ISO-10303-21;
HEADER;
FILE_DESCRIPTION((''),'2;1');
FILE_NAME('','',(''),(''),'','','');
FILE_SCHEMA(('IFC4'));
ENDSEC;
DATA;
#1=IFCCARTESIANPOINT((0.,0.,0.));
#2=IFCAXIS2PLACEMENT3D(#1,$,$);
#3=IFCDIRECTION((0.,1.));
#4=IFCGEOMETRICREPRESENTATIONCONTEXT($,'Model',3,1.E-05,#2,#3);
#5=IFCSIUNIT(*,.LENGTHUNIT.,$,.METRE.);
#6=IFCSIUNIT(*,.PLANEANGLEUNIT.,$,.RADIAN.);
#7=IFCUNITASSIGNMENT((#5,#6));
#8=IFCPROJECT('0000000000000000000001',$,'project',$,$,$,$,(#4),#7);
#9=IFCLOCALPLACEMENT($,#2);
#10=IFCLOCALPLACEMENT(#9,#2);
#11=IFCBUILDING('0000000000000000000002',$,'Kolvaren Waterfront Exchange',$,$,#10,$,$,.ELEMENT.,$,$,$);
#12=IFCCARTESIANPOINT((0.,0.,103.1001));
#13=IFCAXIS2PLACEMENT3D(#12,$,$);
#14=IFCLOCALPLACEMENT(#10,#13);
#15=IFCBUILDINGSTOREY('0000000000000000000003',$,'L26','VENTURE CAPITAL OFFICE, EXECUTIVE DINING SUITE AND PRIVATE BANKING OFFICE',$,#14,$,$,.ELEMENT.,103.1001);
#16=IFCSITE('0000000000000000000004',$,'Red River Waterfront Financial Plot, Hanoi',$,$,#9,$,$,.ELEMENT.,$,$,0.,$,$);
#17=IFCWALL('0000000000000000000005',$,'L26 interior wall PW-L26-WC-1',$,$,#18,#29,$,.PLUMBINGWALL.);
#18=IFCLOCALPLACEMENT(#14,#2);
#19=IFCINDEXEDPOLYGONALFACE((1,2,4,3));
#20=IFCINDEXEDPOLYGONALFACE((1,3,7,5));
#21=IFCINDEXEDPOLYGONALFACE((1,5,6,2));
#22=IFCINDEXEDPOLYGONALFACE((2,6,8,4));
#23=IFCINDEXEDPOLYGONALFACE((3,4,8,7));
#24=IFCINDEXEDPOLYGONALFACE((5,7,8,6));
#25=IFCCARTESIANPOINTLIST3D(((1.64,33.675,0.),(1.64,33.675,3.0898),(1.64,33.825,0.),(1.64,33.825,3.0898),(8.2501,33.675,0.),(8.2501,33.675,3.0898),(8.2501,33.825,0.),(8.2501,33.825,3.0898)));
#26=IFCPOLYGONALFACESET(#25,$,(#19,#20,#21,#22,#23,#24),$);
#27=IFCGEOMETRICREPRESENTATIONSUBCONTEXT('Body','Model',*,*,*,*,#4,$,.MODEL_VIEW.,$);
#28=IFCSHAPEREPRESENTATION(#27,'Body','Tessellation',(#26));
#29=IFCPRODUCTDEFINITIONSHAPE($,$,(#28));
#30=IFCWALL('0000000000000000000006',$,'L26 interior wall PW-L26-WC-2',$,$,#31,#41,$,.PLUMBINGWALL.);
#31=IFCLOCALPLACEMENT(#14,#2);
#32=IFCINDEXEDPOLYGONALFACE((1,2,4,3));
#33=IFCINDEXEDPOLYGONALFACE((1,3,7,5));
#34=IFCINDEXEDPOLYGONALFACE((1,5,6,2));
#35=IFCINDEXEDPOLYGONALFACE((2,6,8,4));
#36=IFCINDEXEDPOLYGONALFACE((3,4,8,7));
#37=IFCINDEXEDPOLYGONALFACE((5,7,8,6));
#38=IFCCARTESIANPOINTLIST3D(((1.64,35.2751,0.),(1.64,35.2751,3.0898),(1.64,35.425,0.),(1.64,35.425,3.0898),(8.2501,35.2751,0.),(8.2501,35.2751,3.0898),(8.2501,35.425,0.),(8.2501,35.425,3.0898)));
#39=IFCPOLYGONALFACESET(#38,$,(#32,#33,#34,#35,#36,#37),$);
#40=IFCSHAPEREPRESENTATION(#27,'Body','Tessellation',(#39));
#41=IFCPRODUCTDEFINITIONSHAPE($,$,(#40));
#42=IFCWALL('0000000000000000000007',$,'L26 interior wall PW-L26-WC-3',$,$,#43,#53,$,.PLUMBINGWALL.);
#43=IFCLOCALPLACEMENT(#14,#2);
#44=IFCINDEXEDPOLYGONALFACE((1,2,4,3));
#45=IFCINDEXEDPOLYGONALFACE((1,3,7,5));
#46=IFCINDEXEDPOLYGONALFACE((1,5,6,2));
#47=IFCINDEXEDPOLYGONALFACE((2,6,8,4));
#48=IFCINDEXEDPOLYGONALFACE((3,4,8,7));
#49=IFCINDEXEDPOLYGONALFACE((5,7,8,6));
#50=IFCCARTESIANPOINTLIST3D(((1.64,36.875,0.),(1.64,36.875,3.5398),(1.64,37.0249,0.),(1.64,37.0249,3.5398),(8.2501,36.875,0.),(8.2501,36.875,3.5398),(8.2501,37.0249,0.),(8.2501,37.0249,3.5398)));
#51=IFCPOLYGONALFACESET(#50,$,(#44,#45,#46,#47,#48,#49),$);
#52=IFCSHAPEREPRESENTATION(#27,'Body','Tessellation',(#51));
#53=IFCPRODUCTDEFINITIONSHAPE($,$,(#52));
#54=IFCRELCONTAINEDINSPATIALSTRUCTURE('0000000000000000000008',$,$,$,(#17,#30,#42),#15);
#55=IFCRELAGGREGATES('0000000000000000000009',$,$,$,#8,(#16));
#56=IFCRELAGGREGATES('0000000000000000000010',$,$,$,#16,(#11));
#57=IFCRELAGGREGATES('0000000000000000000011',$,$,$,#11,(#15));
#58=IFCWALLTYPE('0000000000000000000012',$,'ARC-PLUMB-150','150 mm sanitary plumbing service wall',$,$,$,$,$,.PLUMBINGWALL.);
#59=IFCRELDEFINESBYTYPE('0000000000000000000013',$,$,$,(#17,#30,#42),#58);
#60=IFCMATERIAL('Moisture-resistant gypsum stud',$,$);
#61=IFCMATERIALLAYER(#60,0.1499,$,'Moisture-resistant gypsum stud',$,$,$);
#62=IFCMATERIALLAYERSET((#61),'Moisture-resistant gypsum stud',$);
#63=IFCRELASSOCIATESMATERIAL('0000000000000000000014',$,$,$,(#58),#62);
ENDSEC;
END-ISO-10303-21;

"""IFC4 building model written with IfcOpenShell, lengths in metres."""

from ifc_helpers import new_model, si_unit, direction, frame, frame_2d, origin, place, context, subcontext, project, spatial, rectangle, extrude, material, layer, layer_set, type_object, element, save


model = new_model("IFC4")

# Units and contexts
model_context = context("Model", 3, precision=1e-05, world=origin(), true_north=direction((0.0, 1.0)))
body_context = subcontext(model_context, "Body", "Model", "MODEL_VIEW")
ifc_project = project(units=[si_unit("LENGTHUNIT", "METRE"), si_unit("PLANEANGLEUNIT", "RADIAN")], contexts=[model_context])

# Site, building, storey
site_placement = place(None, origin())
site = spatial("IfcSite", under=ifc_project, at=site_placement, Name="Red River Waterfront Financial Plot, Hanoi", CompositionType="ELEMENT", RefElevation=0.0)
building_placement = place(site_placement, origin())
building = spatial("IfcBuilding", under=site, at=building_placement, Name="Kolvaren Waterfront Exchange", CompositionType="ELEMENT")
storey_placement = place(building_placement, frame((0.0, 0.0, 103.1001)))
storey = spatial("IfcBuildingStorey", under=building, at=storey_placement, Name="L26", Description="VENTURE CAPITAL OFFICE, EXECUTIVE DINING SUITE AND PRIVATE BANKING OFFICE", CompositionType="ELEMENT", Elevation=103.1001)

# Shared definitions
ifc_material_1 = material(Name="Moisture-resistant gypsum stud")
ifc_layer_1 = layer(ifc_material_1, 0.1499, Name="Moisture-resistant gypsum stud")
ifc_layer_set_1 = layer_set([ifc_layer_1], Name="Moisture-resistant gypsum stud")
wall_type_1 = type_object("IfcWallType", Name="ARC-PLUMB-150", Description="150 mm sanitary plumbing service wall", PredefinedType="PLUMBINGWALL", material=ifc_layer_set_1)

# Walls
for number, where, z_axis, x_axis, name in (
    (1, (1.6399, 33.75, 0.0), (0.0, 0.0, 1.0), (1.0, 0.0, 0.0), "L26 interior wall PW-L26-WC-1"),
    (2, (1.6399, 35.3501, 0.0), (0.0, 0.0, 1.0), (1.0, 0.0, 0.0), "L26 interior wall PW-L26-WC-2"),
):
    element("IfcWall", number, at=place(storey_placement, frame(where, z_axis=z_axis, x_axis=x_axis)), inside=storey, type_object=wall_type_1, Name=name, PredefinedType="PLUMBINGWALL", context=body_context, shape_type="SweptSolid", body=[
        extrude(rectangle(XDim=6.6101, YDim=0.1499, at=frame_2d((3.3052, 0.0))), origin(), (0.0, 0.0, 1.0), 3.0898),
    ])
wall_1_placement = place(storey_placement, frame((1.6399, 36.95, 0.0), z_axis=(0.0, 0.0, 1.0), x_axis=(1.0, 0.0, 0.0)))
element("IfcWall", 3, at=wall_1_placement, inside=storey, type_object=wall_type_1, Name="L26 interior wall PW-L26-WC-3", PredefinedType="PLUMBINGWALL", context=body_context, shape_type="SweptSolid", body=[
    extrude(rectangle(XDim=6.6101, YDim=0.1499, at=frame_2d((3.3052, 0.0))), origin(), (0.0, 0.0, 1.0), 3.5398),
])

save(model, "model.ifc")
